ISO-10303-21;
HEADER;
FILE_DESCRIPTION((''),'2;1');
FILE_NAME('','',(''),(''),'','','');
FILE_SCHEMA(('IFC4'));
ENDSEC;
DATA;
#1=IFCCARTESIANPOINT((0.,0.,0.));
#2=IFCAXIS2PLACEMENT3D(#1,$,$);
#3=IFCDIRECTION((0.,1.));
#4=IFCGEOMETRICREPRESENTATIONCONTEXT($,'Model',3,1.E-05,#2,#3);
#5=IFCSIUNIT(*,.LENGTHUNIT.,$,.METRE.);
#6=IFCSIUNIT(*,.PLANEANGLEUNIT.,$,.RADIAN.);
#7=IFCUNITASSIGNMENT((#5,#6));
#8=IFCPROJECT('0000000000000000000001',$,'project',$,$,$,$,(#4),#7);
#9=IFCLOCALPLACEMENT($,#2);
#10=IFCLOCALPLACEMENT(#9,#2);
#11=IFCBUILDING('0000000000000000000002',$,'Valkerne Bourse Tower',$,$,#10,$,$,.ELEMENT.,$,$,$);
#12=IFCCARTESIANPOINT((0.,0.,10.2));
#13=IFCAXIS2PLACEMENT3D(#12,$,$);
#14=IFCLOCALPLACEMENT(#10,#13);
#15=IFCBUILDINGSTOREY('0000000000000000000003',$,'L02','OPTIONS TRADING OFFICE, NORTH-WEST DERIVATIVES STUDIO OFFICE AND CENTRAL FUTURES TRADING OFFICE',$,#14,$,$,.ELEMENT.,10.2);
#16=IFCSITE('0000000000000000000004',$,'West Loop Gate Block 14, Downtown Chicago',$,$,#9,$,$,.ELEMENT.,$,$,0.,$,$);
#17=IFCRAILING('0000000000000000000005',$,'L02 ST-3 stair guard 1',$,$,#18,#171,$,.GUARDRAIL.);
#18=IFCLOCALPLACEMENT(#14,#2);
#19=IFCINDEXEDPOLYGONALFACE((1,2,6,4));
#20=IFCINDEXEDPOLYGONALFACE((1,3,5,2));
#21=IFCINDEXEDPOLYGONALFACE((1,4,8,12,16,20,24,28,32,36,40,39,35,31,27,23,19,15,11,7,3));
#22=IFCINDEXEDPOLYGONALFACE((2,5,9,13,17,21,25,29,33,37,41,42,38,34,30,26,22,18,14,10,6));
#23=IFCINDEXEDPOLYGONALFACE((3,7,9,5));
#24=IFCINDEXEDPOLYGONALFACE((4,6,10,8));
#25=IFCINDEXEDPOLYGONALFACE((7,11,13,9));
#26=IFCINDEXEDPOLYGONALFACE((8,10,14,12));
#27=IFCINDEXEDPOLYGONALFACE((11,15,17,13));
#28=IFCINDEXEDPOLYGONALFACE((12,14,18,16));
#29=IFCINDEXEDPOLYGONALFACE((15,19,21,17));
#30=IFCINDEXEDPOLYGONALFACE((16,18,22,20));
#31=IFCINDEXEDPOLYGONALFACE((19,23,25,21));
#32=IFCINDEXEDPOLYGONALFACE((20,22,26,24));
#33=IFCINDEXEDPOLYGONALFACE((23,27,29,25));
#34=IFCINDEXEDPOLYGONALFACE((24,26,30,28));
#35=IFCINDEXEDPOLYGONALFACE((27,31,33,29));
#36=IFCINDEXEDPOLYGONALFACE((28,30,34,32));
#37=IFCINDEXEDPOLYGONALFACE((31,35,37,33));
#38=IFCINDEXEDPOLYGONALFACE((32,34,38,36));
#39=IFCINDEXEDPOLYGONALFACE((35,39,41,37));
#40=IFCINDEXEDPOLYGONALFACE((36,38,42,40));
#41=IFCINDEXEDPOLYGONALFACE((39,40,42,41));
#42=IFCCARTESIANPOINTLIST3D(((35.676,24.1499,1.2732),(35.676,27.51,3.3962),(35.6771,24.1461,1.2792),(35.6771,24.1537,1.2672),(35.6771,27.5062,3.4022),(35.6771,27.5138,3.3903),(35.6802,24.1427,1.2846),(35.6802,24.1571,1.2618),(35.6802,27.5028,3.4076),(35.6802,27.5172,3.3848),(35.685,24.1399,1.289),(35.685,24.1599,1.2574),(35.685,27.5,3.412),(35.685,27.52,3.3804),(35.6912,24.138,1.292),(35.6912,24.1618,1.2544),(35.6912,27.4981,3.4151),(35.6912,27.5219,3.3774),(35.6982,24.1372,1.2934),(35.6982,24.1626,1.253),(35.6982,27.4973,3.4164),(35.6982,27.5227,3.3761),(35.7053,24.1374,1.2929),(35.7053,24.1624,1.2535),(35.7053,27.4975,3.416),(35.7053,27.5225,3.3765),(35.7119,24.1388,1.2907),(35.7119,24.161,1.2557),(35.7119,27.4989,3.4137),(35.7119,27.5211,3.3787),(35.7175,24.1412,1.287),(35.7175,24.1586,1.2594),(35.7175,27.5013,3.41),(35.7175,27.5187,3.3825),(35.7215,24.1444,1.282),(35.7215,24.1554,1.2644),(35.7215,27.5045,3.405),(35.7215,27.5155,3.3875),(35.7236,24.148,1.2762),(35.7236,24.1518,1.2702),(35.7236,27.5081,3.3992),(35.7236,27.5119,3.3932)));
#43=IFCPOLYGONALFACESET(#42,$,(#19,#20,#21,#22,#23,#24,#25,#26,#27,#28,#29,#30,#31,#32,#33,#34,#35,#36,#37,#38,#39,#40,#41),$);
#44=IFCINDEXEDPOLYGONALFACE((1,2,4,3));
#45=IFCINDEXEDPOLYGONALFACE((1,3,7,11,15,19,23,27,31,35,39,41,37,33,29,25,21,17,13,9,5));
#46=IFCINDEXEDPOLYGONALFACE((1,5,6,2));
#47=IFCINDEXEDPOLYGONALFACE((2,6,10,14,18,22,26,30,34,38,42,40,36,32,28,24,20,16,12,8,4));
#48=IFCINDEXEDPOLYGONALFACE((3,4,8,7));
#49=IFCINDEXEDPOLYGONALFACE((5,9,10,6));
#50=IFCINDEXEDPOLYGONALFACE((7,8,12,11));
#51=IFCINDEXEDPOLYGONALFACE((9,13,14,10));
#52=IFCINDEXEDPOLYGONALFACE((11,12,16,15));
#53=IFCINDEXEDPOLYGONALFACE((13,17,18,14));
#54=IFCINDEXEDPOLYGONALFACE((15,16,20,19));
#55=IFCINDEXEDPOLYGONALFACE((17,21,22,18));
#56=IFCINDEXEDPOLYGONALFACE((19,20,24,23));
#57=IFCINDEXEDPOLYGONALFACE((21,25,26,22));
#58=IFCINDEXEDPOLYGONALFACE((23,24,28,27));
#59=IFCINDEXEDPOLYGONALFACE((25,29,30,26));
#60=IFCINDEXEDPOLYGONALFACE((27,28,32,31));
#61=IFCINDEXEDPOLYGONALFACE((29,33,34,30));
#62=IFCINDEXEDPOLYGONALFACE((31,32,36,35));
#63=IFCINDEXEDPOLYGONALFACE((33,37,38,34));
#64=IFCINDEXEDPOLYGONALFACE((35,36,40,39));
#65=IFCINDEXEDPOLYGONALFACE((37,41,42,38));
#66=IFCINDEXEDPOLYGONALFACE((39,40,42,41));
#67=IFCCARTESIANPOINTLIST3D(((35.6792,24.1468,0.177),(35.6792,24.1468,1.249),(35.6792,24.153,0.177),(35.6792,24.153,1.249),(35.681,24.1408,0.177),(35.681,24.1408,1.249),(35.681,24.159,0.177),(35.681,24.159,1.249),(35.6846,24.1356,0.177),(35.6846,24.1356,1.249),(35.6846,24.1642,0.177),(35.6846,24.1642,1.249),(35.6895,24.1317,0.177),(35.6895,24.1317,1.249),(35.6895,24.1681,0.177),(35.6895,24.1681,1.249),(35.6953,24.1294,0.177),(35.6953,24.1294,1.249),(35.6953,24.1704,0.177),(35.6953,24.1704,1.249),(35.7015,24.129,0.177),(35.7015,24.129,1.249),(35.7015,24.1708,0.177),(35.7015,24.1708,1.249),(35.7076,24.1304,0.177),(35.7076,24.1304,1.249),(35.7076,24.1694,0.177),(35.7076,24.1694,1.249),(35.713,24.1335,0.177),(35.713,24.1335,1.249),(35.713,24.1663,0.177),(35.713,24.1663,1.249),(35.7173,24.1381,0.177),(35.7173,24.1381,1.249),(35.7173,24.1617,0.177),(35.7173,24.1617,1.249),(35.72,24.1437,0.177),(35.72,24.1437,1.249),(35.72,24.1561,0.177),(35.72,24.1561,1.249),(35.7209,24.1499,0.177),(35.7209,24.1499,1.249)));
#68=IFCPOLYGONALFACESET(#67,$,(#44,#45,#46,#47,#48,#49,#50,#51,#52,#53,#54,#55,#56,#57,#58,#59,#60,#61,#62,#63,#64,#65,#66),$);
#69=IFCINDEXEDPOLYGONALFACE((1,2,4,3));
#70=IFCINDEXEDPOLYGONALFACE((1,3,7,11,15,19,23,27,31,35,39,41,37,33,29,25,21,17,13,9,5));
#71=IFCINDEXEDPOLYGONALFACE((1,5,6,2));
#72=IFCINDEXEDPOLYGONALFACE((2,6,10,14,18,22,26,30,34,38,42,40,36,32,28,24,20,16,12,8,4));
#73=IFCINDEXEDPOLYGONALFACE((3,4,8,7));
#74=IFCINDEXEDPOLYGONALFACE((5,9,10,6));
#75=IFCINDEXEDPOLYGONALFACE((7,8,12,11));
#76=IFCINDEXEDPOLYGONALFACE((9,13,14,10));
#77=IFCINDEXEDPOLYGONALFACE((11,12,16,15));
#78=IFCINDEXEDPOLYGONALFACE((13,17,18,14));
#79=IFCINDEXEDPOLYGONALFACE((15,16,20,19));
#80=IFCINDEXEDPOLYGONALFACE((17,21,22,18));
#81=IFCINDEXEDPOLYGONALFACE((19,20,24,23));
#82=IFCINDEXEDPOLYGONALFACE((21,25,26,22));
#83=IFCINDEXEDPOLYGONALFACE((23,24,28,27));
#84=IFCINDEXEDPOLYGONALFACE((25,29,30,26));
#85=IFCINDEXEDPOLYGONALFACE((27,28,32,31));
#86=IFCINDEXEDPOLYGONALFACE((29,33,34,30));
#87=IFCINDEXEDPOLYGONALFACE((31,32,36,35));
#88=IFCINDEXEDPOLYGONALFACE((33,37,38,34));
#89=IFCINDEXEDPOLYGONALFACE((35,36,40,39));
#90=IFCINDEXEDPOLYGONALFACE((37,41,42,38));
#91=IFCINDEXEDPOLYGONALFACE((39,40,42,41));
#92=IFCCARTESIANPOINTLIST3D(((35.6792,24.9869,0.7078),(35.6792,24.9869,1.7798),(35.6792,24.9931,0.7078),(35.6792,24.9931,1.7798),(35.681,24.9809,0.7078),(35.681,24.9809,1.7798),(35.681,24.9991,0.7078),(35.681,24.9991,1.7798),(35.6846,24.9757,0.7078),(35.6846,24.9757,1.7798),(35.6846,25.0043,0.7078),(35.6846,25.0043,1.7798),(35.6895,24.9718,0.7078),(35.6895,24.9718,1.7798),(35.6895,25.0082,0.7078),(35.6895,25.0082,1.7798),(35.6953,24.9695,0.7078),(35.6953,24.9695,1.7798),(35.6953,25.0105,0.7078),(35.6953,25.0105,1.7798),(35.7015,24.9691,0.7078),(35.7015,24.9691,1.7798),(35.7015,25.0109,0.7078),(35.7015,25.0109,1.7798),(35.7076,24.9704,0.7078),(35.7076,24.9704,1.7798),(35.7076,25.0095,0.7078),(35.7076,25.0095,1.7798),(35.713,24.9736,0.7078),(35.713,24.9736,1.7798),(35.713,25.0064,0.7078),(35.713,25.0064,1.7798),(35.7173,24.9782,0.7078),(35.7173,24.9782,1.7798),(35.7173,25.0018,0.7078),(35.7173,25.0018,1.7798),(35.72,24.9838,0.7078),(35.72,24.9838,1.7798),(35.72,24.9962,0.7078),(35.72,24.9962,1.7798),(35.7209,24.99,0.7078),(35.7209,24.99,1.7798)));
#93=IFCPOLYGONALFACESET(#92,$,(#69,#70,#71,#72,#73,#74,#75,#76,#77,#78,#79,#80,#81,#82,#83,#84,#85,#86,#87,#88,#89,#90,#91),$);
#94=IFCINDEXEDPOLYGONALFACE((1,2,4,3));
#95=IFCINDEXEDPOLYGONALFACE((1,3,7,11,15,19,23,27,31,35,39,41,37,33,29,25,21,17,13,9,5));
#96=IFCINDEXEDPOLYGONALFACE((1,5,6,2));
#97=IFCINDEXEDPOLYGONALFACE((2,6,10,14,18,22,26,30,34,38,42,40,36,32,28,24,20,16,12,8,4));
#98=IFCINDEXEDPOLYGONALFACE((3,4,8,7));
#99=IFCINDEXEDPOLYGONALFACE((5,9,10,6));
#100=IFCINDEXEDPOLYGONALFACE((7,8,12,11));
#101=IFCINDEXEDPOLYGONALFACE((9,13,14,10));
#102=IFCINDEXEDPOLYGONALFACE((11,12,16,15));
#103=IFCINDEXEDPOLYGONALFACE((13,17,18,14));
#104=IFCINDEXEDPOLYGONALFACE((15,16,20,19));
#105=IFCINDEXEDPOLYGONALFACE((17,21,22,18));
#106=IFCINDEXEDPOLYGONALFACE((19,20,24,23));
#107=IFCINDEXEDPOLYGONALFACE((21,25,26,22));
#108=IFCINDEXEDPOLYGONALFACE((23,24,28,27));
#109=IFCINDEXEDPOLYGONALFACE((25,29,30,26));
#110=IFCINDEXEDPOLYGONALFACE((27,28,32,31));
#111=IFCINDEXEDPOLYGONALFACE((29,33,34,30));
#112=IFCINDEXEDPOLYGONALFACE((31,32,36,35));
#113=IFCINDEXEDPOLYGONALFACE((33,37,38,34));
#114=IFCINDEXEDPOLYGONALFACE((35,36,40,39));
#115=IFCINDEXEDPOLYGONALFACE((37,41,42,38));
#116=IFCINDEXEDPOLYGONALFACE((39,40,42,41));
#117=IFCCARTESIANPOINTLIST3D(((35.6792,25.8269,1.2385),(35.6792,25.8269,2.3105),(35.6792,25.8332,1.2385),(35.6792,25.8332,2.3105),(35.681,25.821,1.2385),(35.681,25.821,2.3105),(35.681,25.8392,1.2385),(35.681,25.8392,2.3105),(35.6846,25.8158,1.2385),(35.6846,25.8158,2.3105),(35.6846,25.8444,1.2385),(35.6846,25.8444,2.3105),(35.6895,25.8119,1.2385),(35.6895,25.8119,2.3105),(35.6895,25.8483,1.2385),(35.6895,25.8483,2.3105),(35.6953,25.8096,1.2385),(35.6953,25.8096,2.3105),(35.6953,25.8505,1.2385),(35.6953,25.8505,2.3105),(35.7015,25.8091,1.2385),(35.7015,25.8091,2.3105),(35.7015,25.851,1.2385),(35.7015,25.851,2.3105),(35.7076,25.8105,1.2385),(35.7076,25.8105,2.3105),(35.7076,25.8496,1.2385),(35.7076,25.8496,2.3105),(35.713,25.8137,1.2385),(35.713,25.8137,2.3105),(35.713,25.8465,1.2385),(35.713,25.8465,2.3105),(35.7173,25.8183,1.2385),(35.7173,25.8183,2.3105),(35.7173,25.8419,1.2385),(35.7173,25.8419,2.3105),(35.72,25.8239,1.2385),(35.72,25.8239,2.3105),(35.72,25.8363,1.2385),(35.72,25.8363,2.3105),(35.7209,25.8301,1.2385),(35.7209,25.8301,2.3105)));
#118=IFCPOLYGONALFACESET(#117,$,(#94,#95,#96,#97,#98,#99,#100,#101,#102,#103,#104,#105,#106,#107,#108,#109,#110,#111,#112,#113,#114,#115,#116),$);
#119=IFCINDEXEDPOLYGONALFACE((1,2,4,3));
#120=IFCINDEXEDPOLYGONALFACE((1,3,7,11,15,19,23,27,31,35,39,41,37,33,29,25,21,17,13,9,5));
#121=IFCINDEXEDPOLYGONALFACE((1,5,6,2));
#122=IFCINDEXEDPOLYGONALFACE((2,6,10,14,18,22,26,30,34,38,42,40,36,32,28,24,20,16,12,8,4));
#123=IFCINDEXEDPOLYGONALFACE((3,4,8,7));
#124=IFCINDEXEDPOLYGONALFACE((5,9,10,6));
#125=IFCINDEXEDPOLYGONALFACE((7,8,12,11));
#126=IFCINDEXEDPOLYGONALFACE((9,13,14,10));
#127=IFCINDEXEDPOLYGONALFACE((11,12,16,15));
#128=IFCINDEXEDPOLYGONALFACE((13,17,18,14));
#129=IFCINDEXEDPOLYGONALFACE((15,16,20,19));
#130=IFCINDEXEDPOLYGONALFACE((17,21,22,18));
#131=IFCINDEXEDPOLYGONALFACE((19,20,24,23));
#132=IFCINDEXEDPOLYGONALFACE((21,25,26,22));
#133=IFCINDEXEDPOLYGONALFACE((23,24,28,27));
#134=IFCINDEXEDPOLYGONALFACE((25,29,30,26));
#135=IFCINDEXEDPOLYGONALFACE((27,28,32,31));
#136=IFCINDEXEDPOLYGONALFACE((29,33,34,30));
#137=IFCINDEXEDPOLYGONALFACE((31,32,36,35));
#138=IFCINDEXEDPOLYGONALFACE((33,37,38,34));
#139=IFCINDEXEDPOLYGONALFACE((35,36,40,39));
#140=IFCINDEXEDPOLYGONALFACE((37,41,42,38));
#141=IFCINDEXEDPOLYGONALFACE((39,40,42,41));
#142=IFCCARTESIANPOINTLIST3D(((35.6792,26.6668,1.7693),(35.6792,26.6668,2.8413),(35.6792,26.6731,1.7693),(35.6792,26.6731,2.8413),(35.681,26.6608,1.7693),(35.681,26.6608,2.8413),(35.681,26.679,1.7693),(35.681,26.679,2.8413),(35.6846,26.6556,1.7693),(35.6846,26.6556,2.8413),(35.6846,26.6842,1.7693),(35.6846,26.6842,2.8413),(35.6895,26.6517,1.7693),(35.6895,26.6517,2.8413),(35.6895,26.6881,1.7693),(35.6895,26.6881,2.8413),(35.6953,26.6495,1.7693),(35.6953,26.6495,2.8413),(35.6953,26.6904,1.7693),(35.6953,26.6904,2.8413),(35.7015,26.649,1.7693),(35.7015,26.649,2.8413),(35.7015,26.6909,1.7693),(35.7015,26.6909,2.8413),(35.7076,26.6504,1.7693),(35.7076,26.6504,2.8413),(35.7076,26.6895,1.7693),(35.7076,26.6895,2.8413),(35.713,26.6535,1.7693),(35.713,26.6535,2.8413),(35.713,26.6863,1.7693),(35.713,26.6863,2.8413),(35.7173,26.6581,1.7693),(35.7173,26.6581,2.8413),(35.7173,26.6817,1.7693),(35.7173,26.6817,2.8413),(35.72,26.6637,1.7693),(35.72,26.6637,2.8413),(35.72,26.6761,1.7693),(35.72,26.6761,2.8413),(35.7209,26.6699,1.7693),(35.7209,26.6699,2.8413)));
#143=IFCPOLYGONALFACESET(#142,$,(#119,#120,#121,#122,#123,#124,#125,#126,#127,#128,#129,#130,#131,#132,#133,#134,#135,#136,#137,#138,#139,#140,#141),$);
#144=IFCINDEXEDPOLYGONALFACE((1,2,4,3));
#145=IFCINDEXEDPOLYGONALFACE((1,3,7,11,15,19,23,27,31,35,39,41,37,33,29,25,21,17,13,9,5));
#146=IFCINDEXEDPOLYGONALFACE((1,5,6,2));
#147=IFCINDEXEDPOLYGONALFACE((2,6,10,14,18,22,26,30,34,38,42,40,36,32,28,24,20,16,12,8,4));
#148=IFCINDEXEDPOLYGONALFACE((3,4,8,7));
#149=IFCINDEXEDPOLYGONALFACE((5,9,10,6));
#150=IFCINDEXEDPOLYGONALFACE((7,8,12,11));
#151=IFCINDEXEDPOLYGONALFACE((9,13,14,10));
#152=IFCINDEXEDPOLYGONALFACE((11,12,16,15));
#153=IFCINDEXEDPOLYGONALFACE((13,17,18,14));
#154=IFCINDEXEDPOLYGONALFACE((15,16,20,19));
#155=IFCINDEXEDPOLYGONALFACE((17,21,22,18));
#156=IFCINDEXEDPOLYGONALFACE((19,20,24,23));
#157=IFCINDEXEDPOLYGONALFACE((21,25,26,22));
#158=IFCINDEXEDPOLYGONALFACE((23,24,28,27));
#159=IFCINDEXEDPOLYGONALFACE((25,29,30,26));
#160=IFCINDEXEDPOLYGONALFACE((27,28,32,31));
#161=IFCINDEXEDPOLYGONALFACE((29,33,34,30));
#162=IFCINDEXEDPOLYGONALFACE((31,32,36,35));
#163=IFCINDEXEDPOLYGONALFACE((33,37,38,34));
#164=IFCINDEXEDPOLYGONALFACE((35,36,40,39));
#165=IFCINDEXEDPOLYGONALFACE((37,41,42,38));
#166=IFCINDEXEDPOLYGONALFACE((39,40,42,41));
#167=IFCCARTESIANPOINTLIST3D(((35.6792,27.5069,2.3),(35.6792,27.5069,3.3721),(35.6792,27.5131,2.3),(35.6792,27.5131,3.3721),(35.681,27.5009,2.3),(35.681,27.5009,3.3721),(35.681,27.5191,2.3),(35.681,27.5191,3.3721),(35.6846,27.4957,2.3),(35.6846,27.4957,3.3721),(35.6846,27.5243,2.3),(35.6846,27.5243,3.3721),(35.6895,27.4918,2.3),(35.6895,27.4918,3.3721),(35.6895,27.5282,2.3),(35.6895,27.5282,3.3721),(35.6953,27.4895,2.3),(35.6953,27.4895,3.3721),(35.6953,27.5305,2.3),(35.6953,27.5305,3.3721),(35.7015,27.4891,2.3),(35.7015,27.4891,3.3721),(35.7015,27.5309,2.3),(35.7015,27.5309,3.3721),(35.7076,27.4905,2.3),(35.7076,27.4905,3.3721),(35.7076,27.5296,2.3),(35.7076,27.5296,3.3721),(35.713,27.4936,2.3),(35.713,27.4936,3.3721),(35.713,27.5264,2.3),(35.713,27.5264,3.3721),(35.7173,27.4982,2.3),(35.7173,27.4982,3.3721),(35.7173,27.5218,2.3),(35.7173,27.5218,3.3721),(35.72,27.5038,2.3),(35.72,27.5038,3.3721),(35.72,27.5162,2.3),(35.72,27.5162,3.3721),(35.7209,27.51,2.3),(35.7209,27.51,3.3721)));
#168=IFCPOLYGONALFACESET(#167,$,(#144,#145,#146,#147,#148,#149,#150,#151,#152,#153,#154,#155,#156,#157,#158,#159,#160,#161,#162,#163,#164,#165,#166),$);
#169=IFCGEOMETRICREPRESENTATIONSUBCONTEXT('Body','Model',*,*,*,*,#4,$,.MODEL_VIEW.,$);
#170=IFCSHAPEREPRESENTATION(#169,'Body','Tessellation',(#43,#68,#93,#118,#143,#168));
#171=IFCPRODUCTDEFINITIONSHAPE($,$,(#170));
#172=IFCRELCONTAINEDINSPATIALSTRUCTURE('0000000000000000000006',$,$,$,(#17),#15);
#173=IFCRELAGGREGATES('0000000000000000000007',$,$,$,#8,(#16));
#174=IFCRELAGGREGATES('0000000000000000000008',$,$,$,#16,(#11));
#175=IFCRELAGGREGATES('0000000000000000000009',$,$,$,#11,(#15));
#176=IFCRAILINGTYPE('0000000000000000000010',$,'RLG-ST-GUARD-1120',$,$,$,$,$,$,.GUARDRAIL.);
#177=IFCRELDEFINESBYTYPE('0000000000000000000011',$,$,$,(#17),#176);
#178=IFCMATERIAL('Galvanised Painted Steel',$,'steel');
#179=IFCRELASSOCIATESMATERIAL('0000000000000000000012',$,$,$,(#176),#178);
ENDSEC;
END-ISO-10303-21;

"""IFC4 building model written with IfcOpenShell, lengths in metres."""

from ifc_helpers import new_model, si_unit, direction, frame, origin, origin_2d, place, context, subcontext, project, spatial, circle, extrude, material, type_object, element, save


model = new_model("IFC4")

# Units and contexts
model_context = context("Model", 3, precision=1e-05, world=origin(), true_north=direction((0.0, 1.0)))
body_context = subcontext(model_context, "Body", "Model", "MODEL_VIEW")
ifc_project = project(units=[si_unit("LENGTHUNIT", "METRE"), si_unit("PLANEANGLEUNIT", "RADIAN")], contexts=[model_context])

# Site, building, storey
site_placement = place(None, origin())
site = spatial("IfcSite", under=ifc_project, at=site_placement, Name="West Loop Gate Block 14, Downtown Chicago", CompositionType="ELEMENT", RefElevation=0.0)
building_placement = place(site_placement, origin())
building = spatial("IfcBuilding", under=site, at=building_placement, Name="Valkerne Bourse Tower", CompositionType="ELEMENT")
storey_placement = place(building_placement, frame((0.0, 0.0, 10.2)))
storey = spatial("IfcBuildingStorey", under=building, at=storey_placement, Name="L02", Description="OPTIONS TRADING OFFICE, NORTH-WEST DERIVATIVES STUDIO OFFICE AND CENTRAL FUTURES TRADING OFFICE", CompositionType="ELEMENT", Elevation=10.2)

# Shared definitions
ifc_material_1 = material(Name="Galvanised Painted Steel", Category="steel")

# Railing
railing_type_1 = type_object("IfcRailingType", Name="RLG-ST-GUARD-1120", PredefinedType="GUARDRAIL", material=ifc_material_1)
railing_1_placement = place(storey_placement, frame((35.7, 24.1499, 0.177)))
element("IfcRailing", 1, at=railing_1_placement, inside=storey, type_object=railing_type_1, Name="L02 ST-3 stair guard 1", PredefinedType="GUARDRAIL", context=body_context, shape_type="SweptSolid", body=[
    extrude(circle(Radius=0.0239, at=origin_2d()), frame((0.0, 0.0, 1.0962), z_axis=(0.0, 0.84539, 0.53415), x_axis=(-1.0, 0.0, 0.0)), (0.0, 0.0, 1.0), 3.9746),
    extrude(circle(Radius=0.021, at=origin_2d()), origin(), (0.0, 0.0, 1.0), 1.072),
    extrude(circle(Radius=0.021, at=origin_2d()), frame((0.0, 0.8401, 0.5308)), (0.0, 0.0, 1.0), 1.072),
    extrude(circle(Radius=0.021, at=origin_2d()), frame((0.0, 1.6802, 1.0615)), (0.0, 0.0, 1.0), 1.072),
    extrude(circle(Radius=0.021, at=origin_2d()), frame((0.0, 2.52, 1.5923)), (0.0, 0.0, 1.0), 1.072),
    extrude(circle(Radius=0.021, at=origin_2d()), frame((0.0, 3.3601, 2.123)), (0.0, 0.0, 1.0), 1.072),
])

save(model, "model.ifc")
